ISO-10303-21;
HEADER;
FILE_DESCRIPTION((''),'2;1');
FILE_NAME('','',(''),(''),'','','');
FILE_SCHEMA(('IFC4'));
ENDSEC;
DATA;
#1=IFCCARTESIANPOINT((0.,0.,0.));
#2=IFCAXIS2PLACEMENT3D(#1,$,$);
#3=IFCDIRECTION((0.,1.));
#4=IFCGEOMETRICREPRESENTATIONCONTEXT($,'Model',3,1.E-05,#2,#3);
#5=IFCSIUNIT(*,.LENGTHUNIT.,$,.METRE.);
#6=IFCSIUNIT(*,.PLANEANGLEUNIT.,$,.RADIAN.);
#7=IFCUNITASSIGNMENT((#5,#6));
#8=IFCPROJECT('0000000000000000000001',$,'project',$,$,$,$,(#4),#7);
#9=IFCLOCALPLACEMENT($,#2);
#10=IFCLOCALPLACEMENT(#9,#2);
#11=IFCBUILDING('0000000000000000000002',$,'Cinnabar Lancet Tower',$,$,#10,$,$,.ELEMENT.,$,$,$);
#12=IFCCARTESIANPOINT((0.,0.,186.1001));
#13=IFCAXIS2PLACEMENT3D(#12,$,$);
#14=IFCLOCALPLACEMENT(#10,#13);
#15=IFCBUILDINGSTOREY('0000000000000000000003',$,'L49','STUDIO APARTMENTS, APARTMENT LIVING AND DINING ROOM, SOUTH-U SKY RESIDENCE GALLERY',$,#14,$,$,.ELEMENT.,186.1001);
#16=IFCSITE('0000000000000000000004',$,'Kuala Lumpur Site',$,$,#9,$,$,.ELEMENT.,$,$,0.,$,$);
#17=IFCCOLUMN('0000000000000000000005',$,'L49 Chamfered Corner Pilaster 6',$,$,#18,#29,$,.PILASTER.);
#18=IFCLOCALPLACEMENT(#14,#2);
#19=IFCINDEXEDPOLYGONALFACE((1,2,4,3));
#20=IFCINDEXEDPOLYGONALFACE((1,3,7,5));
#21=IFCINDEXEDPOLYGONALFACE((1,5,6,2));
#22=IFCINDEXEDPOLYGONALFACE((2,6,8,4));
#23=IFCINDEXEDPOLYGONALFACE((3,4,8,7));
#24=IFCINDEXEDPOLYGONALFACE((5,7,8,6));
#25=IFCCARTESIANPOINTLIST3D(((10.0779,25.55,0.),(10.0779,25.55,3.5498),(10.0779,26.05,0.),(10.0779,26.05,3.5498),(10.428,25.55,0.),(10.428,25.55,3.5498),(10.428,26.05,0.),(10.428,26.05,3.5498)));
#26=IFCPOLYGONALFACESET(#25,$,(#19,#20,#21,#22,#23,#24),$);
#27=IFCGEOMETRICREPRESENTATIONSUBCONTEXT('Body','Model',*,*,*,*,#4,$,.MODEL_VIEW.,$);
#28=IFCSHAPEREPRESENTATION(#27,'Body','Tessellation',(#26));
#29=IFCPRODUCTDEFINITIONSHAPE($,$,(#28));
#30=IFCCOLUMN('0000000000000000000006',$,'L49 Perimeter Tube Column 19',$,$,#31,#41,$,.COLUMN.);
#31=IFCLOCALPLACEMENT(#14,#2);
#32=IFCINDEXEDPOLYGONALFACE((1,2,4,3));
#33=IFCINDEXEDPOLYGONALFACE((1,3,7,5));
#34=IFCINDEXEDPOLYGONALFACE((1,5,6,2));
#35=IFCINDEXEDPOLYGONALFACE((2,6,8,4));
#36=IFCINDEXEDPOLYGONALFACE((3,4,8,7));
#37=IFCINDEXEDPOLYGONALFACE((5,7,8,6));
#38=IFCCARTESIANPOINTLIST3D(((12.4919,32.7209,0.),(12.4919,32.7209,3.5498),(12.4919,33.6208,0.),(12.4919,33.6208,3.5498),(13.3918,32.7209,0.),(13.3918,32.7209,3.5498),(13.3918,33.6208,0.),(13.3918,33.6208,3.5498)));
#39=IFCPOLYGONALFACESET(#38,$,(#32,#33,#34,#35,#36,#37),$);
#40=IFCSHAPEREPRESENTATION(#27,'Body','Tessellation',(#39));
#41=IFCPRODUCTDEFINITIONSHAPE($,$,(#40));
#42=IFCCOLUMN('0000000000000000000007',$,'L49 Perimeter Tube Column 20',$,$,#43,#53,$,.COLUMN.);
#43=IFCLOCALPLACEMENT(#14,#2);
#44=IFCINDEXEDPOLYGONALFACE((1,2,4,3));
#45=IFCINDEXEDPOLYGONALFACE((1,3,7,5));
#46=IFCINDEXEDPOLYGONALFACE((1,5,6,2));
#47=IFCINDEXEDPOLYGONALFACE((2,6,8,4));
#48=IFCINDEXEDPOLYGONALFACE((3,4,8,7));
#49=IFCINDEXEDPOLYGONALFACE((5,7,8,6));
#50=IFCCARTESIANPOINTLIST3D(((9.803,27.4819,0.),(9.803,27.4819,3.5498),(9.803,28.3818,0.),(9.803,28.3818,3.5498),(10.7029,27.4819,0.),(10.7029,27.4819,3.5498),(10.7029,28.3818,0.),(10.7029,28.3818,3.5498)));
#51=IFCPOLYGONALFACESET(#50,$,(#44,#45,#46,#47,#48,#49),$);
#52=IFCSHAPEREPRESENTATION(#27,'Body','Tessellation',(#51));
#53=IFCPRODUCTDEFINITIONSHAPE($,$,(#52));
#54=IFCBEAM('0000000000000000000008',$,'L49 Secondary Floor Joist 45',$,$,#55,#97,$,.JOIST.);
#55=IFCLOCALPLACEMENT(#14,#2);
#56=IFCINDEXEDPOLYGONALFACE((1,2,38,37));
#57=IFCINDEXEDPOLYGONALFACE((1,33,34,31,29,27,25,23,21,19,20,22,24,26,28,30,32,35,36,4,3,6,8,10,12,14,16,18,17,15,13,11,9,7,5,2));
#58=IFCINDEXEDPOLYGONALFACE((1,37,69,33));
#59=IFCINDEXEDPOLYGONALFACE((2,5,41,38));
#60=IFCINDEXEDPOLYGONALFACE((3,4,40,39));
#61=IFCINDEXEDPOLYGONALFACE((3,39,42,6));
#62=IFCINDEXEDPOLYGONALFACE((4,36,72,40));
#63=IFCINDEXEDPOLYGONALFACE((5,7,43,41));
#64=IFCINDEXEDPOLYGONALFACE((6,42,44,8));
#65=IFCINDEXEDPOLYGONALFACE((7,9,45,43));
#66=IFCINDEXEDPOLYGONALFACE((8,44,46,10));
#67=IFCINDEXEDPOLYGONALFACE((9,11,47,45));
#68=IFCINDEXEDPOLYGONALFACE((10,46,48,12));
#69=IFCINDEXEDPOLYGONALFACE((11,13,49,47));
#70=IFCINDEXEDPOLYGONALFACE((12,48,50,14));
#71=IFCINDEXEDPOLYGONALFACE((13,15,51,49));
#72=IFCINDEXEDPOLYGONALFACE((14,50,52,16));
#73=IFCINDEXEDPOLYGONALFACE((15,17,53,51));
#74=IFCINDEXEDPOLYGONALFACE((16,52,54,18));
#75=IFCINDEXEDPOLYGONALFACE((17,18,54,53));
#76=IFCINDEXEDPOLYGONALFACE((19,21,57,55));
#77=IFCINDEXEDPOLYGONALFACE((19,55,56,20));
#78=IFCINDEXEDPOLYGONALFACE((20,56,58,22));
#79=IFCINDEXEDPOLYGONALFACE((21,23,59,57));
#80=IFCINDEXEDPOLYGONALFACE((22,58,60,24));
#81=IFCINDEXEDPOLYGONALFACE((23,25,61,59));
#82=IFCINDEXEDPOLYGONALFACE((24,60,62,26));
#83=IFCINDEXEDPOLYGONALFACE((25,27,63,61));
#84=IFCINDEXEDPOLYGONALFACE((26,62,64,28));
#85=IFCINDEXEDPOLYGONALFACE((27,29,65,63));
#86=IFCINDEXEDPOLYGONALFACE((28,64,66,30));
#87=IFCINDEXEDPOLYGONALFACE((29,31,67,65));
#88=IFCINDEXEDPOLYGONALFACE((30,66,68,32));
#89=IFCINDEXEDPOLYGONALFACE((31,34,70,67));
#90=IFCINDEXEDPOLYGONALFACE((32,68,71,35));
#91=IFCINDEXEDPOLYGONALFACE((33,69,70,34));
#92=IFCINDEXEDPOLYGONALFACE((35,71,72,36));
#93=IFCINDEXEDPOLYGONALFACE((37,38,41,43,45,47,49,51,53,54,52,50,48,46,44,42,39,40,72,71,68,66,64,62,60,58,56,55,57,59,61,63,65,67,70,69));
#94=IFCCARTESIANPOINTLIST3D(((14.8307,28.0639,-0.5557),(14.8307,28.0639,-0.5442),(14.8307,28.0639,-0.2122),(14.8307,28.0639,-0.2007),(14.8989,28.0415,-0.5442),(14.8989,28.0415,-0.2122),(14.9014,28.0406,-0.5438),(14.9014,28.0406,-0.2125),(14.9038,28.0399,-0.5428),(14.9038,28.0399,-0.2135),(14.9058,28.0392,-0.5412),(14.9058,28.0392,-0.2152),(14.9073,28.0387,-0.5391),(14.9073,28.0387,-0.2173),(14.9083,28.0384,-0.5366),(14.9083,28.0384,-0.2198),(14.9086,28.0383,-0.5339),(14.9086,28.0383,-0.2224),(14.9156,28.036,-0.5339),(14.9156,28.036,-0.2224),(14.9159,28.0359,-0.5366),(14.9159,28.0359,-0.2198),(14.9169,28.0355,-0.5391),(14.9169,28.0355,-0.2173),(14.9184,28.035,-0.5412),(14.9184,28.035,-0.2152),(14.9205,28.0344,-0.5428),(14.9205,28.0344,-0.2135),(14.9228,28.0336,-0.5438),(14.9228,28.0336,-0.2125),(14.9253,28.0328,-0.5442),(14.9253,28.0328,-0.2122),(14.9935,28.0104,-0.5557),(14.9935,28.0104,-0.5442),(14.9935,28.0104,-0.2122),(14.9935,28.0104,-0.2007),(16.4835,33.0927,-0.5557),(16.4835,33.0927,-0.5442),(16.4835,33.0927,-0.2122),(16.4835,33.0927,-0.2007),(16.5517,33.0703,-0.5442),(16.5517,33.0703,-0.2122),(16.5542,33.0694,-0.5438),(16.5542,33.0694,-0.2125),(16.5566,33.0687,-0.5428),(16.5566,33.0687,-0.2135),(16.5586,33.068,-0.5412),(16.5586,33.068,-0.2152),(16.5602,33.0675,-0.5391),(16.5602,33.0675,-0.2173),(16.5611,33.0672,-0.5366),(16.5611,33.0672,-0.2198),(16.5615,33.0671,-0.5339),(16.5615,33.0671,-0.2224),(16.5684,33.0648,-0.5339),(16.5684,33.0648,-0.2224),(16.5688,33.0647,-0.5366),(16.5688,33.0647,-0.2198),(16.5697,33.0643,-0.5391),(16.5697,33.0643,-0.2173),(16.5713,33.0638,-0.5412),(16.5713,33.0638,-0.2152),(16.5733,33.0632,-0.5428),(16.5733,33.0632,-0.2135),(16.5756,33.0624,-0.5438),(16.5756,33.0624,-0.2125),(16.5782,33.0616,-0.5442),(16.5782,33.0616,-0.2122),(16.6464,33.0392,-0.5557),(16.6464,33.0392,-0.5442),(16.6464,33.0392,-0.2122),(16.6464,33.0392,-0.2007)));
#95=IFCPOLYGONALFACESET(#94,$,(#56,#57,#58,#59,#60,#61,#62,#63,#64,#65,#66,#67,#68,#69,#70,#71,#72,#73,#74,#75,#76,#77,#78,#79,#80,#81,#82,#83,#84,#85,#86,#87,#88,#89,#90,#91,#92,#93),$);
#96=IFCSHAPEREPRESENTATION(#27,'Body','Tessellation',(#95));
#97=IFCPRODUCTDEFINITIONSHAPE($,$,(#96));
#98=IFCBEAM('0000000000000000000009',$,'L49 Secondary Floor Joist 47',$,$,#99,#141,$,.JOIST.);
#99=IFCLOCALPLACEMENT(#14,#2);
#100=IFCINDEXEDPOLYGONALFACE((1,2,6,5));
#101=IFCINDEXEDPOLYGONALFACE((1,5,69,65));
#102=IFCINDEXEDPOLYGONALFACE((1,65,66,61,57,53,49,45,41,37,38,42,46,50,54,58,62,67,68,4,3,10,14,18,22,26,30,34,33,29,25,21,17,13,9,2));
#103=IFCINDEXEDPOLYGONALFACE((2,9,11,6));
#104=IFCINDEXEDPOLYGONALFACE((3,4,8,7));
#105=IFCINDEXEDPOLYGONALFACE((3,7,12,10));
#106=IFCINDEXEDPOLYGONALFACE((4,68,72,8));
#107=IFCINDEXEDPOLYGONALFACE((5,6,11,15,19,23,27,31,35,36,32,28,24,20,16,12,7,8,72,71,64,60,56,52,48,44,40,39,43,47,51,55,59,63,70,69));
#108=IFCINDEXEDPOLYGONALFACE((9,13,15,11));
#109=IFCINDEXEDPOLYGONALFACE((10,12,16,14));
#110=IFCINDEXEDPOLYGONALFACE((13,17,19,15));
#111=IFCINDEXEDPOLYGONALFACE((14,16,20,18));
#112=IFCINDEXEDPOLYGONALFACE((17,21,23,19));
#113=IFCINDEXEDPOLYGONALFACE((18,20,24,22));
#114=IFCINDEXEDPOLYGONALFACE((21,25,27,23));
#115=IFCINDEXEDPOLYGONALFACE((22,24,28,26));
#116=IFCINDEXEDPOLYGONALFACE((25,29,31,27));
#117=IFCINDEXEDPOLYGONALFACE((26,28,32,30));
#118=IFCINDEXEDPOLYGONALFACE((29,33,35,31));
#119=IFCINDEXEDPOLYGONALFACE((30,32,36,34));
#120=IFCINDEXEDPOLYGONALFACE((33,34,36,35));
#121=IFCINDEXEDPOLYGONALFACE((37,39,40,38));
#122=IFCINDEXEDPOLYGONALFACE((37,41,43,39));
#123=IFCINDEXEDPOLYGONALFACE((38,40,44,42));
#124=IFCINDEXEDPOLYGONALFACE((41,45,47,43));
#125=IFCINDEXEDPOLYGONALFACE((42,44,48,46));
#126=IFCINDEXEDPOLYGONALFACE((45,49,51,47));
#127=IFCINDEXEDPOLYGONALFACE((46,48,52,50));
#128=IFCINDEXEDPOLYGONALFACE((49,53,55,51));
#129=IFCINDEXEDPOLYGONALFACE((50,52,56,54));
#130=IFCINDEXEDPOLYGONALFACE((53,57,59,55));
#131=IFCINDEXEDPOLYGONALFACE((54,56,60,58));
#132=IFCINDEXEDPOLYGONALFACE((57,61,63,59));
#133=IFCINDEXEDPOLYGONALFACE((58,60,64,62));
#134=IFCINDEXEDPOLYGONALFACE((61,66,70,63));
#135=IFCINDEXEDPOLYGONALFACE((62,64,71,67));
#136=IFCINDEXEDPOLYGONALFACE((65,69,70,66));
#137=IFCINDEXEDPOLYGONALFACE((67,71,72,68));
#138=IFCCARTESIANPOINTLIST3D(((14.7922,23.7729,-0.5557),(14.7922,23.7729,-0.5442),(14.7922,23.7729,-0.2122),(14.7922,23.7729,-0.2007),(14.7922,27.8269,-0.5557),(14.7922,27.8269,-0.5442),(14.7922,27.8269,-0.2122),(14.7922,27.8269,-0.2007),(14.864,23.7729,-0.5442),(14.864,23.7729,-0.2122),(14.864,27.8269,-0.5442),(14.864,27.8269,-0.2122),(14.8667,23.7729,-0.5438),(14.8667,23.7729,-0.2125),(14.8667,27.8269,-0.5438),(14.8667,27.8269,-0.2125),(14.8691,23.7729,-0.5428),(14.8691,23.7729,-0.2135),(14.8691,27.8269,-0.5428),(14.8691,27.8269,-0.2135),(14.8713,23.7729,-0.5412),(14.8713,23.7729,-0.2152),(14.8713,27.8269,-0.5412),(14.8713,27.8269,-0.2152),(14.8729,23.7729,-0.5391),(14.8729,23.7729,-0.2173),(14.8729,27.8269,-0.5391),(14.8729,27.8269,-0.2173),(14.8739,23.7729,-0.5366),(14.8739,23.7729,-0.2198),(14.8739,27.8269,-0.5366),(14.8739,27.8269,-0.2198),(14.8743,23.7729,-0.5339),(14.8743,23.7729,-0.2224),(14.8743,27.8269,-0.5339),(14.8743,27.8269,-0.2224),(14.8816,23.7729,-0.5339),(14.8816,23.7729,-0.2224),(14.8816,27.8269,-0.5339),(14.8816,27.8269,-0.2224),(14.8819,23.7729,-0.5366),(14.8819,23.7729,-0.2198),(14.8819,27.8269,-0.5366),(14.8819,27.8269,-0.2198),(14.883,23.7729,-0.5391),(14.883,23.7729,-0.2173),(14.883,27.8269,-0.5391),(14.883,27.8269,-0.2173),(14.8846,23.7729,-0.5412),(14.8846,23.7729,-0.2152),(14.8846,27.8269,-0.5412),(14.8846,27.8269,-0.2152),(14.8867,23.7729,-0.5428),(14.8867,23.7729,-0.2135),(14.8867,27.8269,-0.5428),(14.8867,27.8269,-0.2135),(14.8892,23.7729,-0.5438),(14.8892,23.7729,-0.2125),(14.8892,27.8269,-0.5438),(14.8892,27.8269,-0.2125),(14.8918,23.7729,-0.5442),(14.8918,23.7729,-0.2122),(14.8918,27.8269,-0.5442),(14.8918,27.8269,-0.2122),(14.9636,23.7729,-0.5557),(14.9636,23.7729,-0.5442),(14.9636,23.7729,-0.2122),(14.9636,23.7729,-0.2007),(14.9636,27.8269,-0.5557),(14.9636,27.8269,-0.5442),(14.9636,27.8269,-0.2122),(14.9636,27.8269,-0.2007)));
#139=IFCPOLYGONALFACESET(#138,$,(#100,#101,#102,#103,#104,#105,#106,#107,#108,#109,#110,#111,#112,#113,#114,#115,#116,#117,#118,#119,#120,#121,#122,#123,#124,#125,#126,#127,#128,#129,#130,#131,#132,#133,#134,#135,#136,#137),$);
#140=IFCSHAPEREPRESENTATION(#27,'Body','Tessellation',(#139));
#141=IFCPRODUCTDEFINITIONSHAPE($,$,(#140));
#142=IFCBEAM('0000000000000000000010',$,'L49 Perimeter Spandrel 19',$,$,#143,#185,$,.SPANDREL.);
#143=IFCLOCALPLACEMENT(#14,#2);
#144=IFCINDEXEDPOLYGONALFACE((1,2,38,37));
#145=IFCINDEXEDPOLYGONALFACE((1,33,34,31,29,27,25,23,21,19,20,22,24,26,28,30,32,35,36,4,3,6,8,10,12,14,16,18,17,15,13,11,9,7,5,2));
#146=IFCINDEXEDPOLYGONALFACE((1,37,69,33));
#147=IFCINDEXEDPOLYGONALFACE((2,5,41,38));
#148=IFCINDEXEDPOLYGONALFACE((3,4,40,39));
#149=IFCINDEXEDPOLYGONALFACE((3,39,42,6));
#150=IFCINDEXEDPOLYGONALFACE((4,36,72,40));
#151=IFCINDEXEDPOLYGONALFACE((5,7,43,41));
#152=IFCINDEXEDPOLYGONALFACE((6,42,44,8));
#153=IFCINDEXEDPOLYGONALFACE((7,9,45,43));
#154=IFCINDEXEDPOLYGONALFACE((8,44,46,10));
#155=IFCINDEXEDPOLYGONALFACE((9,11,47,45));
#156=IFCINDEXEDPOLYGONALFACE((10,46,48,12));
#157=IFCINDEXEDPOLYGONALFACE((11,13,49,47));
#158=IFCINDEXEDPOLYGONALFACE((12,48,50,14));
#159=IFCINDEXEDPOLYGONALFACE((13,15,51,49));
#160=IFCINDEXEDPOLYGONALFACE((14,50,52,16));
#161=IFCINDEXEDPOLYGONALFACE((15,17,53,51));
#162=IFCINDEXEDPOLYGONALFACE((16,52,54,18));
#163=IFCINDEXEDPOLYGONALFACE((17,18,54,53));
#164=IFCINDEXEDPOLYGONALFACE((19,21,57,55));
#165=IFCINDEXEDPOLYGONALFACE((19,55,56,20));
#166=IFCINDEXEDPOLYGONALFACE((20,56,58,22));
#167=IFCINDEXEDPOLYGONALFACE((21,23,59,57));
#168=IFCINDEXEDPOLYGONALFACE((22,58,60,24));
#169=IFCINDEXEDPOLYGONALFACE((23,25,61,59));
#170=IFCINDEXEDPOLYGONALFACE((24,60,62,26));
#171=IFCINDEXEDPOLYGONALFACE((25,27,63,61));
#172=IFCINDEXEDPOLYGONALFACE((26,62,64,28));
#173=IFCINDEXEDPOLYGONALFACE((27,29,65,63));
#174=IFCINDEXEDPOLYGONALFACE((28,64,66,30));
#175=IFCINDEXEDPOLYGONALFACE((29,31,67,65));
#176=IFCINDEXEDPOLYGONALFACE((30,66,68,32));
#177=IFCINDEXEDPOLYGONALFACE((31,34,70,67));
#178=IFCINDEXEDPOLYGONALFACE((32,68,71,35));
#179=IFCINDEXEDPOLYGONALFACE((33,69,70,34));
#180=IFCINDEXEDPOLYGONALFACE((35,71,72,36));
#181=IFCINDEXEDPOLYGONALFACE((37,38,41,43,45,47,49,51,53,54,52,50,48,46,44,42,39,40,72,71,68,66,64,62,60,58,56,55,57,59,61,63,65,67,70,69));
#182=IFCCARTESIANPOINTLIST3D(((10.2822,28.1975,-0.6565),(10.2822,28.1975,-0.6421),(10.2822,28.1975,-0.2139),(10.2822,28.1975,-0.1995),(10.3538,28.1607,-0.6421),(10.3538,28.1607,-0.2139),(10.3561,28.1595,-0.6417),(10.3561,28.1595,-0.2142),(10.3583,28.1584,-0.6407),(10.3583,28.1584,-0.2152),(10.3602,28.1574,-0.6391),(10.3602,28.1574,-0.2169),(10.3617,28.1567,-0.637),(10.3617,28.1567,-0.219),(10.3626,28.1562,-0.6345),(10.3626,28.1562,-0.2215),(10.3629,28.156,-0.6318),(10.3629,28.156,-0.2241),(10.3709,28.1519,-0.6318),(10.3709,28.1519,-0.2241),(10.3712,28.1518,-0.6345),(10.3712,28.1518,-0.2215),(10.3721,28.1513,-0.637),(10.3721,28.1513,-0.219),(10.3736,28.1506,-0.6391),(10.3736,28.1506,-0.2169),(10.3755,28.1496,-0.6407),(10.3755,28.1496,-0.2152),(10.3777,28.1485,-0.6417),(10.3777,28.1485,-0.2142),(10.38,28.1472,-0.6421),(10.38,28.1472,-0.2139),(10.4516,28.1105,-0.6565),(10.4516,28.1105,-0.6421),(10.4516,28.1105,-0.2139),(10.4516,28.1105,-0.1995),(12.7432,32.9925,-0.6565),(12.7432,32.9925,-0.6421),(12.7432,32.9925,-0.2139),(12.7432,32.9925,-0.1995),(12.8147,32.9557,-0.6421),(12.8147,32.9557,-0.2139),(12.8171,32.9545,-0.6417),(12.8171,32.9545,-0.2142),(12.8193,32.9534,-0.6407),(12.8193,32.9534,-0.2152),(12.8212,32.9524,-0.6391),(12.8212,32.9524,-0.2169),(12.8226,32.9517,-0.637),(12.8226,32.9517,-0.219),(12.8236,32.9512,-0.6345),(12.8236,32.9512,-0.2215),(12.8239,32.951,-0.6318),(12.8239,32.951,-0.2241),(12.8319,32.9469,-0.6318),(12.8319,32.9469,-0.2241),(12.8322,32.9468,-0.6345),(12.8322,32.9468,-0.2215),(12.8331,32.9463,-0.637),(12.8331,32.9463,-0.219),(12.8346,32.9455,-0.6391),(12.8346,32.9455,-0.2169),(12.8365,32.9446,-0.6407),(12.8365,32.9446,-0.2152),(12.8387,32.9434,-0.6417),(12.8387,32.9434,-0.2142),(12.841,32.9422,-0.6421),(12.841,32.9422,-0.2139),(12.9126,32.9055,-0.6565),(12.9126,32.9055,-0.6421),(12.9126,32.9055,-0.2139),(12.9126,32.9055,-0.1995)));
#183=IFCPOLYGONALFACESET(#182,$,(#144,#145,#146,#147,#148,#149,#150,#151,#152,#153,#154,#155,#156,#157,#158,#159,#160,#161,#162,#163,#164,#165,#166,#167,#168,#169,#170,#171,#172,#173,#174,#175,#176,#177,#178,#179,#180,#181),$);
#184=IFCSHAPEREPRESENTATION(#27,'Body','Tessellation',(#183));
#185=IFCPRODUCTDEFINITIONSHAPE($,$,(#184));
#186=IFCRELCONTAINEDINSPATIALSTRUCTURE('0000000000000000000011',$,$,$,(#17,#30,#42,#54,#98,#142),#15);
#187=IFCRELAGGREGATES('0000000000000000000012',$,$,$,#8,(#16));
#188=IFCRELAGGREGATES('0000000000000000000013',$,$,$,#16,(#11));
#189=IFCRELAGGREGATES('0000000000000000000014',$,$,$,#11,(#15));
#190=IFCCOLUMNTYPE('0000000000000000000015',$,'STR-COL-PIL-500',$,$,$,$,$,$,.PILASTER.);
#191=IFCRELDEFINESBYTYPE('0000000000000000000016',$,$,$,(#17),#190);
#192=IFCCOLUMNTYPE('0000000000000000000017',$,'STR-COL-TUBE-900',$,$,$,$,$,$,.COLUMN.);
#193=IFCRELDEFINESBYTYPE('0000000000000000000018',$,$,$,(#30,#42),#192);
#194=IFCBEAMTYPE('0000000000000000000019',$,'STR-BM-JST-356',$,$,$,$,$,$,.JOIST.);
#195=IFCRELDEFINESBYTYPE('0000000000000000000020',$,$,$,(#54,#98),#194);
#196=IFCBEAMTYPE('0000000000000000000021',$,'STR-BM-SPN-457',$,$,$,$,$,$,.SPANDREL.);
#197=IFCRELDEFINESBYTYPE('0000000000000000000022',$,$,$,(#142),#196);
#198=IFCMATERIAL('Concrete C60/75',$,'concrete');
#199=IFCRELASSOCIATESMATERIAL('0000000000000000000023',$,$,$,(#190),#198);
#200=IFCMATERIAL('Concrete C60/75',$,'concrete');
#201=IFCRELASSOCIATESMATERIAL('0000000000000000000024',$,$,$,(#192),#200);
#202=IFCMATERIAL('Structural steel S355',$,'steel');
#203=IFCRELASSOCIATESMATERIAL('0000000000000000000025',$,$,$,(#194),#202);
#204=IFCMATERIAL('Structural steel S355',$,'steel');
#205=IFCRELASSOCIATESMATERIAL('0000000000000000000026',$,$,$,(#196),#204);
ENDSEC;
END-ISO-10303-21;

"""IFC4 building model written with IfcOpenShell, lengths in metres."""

from ifc_helpers import new_model, si_unit, direction, frame, origin, origin_2d, place, context, subcontext, project, spatial, rectangle, i_section, extrude, material, material_profile, profile_set, type_object, element, save


model = new_model("IFC4")

# Units and contexts
model_context = context("Model", 3, precision=1e-05, world=origin(), true_north=direction((0.0, 1.0)))
body_context = subcontext(model_context, "Body", "Model", "MODEL_VIEW")
ifc_project = project(units=[si_unit("LENGTHUNIT", "METRE"), si_unit("PLANEANGLEUNIT", "RADIAN")], contexts=[model_context])

# Site, building, storey
site_placement = place(None, origin())
site = spatial("IfcSite", under=ifc_project, at=site_placement, Name="Kuala Lumpur Site", CompositionType="ELEMENT", RefElevation=0.0)
building_placement = place(site_placement, origin())
building = spatial("IfcBuilding", under=site, at=building_placement, Name="Cinnabar Lancet Tower", CompositionType="ELEMENT")
storey_placement = place(building_placement, frame((0.0, 0.0, 186.1001)))
storey = spatial("IfcBuildingStorey", under=building, at=storey_placement, Name="L49", Description="STUDIO APARTMENTS, APARTMENT LIVING AND DINING ROOM, SOUTH-U SKY RESIDENCE GALLERY", CompositionType="ELEMENT", Elevation=186.1001)

# Columns
ifc_material_1 = material(Name="Concrete C60/75", Category="concrete")
ifc_material_profile_1 = material_profile(ifc_material_1, rectangle(XDim=0.5, YDim=0.3501, at=origin_2d()), Name="RC-PIL 500x350")
ifc_profile_set_1 = profile_set([ifc_material_profile_1], Name="Concrete C60/75")
column_type_1 = type_object("IfcColumnType", Name="STR-COL-PIL-500", PredefinedType="PILASTER", material=ifc_profile_set_1)
column_placement = place(storey_placement, frame((10.2529, 25.8, 0.0), z_axis=(0.0, 0.0, 1.0), x_axis=(0.0, -1.0, 0.0)))
element("IfcColumn", 1, at=column_placement, inside=storey, type_object=column_type_1, Name="L49 Chamfered Corner Pilaster 6", PredefinedType="PILASTER", context=body_context, shape_type="SweptSolid", body=[
    extrude(rectangle(XDim=0.5, YDim=0.3501, at=origin_2d()), origin(), (0.0, 0.0, 1.0), 3.5498),
])
ifc_material_2 = material(Name="Concrete C60/75", Category="concrete")
ifc_material_profile_2 = material_profile(ifc_material_2, rectangle(XDim=0.8999, YDim=0.8999, at=origin_2d()), Name="RC-COL 900x900")
ifc_profile_set_2 = profile_set([ifc_material_profile_2], Name="Concrete C60/75")
column_type_2 = type_object("IfcColumnType", Name="STR-COL-TUBE-900", PredefinedType="COLUMN", material=ifc_profile_set_2)
for number, where, z_axis, x_axis, name in (
    (2, (12.9419, 33.1709, 0.0), (0.0, 0.0, 1.0), (1.0, 0.0, 0.0), "L49 Perimeter Tube Column 19"),
    (3, (10.2529, 27.9319, 0.0), (0.0, 0.0, 1.0), (1.0, 0.0, 0.0), "L49 Perimeter Tube Column 20"),
):
    element("IfcColumn", number, at=place(storey_placement, frame(where, z_axis=z_axis, x_axis=x_axis)), inside=storey, type_object=column_type_2, Name=name, PredefinedType="COLUMN", context=body_context, shape_type="SweptSolid", body=[
        extrude(rectangle(XDim=0.8999, YDim=0.8999, at=origin_2d()), origin(), (0.0, 0.0, 1.0), 3.5498),
    ])

# Beams
ifc_material_3 = material(Name="Structural steel S355", Category="steel")
ifc_material_profile_3 = material_profile(ifc_material_3, i_section(OverallWidth=0.1714, OverallDepth=0.355, WebThickness=0.0073, FlangeThickness=0.0115, FilletRadius=0.0103, at=origin_2d()), Name="UKB 356x171x51")
ifc_profile_set_3 = profile_set([ifc_material_profile_3], Name="Structural steel S355")
beam_type_1 = type_object("IfcBeamType", Name="STR-BM-JST-356", PredefinedType="JOIST", material=ifc_profile_set_3)
beam_1_placement = place(storey_placement, frame((16.5649, 33.0659, -0.3782), z_axis=(-0.31224, -0.950003, 0.0), x_axis=(0.950003, -0.31224, 0.0)))
element("IfcBeam", 4, at=beam_1_placement, inside=storey, type_object=beam_type_1, Name="L49 Secondary Floor Joist 45", PredefinedType="JOIST", context=body_context, shape_type="SweptSolid", body=[
    extrude(i_section(OverallWidth=0.1714, OverallDepth=0.355, WebThickness=0.0073, FlangeThickness=0.0115, FilletRadius=0.0103, at=origin_2d()), origin(), (0.0, 0.0, 1.0), 5.2935),
])
beam_2_placement = place(storey_placement, frame((14.8779, 27.8269, -0.3782), z_axis=(0.0, -1.0, 0.0), x_axis=(1.0, 0.0, 0.0)))
element("IfcBeam", 5, at=beam_2_placement, inside=storey, type_object=beam_type_1, Name="L49 Secondary Floor Joist 47", PredefinedType="JOIST", context=body_context, shape_type="SweptSolid", body=[
    extrude(i_section(OverallWidth=0.1714, OverallDepth=0.355, WebThickness=0.0073, FlangeThickness=0.0115, FilletRadius=0.0103, at=origin_2d()), origin(), (0.0, 0.0, 1.0), 4.054),
])
ifc_material_4 = material(Name="Structural steel S355", Category="steel")
ifc_material_profile_4 = material_profile(ifc_material_4, i_section(OverallWidth=0.1904, OverallDepth=0.457, WebThickness=0.009, FlangeThickness=0.0144, FilletRadius=0.0103, at=origin_2d()), Name="UKB 457x191x74")
ifc_profile_set_4 = profile_set([ifc_material_profile_4], Name="Structural steel S355")
beam_type_2 = type_object("IfcBeamType", Name="STR-BM-SPN-457", PredefinedType="SPANDREL", material=ifc_profile_set_4)
beam_3_placement = place(storey_placement, frame((12.8279, 32.949, -0.428), z_axis=(-0.456611, -0.889666, 0.0), x_axis=(0.889666, -0.456611, 0.0)))
element("IfcBeam", 6, at=beam_3_placement, inside=storey, type_object=beam_type_2, Name="L49 Perimeter Spandrel 19", PredefinedType="SPANDREL", context=body_context, shape_type="SweptSolid", body=[
    extrude(i_section(OverallWidth=0.1904, OverallDepth=0.457, WebThickness=0.009, FlangeThickness=0.0144, FilletRadius=0.0103, at=origin_2d()), origin(), (0.0, 0.0, 1.0), 5.3896),
])

save(model, "model.ifc")
